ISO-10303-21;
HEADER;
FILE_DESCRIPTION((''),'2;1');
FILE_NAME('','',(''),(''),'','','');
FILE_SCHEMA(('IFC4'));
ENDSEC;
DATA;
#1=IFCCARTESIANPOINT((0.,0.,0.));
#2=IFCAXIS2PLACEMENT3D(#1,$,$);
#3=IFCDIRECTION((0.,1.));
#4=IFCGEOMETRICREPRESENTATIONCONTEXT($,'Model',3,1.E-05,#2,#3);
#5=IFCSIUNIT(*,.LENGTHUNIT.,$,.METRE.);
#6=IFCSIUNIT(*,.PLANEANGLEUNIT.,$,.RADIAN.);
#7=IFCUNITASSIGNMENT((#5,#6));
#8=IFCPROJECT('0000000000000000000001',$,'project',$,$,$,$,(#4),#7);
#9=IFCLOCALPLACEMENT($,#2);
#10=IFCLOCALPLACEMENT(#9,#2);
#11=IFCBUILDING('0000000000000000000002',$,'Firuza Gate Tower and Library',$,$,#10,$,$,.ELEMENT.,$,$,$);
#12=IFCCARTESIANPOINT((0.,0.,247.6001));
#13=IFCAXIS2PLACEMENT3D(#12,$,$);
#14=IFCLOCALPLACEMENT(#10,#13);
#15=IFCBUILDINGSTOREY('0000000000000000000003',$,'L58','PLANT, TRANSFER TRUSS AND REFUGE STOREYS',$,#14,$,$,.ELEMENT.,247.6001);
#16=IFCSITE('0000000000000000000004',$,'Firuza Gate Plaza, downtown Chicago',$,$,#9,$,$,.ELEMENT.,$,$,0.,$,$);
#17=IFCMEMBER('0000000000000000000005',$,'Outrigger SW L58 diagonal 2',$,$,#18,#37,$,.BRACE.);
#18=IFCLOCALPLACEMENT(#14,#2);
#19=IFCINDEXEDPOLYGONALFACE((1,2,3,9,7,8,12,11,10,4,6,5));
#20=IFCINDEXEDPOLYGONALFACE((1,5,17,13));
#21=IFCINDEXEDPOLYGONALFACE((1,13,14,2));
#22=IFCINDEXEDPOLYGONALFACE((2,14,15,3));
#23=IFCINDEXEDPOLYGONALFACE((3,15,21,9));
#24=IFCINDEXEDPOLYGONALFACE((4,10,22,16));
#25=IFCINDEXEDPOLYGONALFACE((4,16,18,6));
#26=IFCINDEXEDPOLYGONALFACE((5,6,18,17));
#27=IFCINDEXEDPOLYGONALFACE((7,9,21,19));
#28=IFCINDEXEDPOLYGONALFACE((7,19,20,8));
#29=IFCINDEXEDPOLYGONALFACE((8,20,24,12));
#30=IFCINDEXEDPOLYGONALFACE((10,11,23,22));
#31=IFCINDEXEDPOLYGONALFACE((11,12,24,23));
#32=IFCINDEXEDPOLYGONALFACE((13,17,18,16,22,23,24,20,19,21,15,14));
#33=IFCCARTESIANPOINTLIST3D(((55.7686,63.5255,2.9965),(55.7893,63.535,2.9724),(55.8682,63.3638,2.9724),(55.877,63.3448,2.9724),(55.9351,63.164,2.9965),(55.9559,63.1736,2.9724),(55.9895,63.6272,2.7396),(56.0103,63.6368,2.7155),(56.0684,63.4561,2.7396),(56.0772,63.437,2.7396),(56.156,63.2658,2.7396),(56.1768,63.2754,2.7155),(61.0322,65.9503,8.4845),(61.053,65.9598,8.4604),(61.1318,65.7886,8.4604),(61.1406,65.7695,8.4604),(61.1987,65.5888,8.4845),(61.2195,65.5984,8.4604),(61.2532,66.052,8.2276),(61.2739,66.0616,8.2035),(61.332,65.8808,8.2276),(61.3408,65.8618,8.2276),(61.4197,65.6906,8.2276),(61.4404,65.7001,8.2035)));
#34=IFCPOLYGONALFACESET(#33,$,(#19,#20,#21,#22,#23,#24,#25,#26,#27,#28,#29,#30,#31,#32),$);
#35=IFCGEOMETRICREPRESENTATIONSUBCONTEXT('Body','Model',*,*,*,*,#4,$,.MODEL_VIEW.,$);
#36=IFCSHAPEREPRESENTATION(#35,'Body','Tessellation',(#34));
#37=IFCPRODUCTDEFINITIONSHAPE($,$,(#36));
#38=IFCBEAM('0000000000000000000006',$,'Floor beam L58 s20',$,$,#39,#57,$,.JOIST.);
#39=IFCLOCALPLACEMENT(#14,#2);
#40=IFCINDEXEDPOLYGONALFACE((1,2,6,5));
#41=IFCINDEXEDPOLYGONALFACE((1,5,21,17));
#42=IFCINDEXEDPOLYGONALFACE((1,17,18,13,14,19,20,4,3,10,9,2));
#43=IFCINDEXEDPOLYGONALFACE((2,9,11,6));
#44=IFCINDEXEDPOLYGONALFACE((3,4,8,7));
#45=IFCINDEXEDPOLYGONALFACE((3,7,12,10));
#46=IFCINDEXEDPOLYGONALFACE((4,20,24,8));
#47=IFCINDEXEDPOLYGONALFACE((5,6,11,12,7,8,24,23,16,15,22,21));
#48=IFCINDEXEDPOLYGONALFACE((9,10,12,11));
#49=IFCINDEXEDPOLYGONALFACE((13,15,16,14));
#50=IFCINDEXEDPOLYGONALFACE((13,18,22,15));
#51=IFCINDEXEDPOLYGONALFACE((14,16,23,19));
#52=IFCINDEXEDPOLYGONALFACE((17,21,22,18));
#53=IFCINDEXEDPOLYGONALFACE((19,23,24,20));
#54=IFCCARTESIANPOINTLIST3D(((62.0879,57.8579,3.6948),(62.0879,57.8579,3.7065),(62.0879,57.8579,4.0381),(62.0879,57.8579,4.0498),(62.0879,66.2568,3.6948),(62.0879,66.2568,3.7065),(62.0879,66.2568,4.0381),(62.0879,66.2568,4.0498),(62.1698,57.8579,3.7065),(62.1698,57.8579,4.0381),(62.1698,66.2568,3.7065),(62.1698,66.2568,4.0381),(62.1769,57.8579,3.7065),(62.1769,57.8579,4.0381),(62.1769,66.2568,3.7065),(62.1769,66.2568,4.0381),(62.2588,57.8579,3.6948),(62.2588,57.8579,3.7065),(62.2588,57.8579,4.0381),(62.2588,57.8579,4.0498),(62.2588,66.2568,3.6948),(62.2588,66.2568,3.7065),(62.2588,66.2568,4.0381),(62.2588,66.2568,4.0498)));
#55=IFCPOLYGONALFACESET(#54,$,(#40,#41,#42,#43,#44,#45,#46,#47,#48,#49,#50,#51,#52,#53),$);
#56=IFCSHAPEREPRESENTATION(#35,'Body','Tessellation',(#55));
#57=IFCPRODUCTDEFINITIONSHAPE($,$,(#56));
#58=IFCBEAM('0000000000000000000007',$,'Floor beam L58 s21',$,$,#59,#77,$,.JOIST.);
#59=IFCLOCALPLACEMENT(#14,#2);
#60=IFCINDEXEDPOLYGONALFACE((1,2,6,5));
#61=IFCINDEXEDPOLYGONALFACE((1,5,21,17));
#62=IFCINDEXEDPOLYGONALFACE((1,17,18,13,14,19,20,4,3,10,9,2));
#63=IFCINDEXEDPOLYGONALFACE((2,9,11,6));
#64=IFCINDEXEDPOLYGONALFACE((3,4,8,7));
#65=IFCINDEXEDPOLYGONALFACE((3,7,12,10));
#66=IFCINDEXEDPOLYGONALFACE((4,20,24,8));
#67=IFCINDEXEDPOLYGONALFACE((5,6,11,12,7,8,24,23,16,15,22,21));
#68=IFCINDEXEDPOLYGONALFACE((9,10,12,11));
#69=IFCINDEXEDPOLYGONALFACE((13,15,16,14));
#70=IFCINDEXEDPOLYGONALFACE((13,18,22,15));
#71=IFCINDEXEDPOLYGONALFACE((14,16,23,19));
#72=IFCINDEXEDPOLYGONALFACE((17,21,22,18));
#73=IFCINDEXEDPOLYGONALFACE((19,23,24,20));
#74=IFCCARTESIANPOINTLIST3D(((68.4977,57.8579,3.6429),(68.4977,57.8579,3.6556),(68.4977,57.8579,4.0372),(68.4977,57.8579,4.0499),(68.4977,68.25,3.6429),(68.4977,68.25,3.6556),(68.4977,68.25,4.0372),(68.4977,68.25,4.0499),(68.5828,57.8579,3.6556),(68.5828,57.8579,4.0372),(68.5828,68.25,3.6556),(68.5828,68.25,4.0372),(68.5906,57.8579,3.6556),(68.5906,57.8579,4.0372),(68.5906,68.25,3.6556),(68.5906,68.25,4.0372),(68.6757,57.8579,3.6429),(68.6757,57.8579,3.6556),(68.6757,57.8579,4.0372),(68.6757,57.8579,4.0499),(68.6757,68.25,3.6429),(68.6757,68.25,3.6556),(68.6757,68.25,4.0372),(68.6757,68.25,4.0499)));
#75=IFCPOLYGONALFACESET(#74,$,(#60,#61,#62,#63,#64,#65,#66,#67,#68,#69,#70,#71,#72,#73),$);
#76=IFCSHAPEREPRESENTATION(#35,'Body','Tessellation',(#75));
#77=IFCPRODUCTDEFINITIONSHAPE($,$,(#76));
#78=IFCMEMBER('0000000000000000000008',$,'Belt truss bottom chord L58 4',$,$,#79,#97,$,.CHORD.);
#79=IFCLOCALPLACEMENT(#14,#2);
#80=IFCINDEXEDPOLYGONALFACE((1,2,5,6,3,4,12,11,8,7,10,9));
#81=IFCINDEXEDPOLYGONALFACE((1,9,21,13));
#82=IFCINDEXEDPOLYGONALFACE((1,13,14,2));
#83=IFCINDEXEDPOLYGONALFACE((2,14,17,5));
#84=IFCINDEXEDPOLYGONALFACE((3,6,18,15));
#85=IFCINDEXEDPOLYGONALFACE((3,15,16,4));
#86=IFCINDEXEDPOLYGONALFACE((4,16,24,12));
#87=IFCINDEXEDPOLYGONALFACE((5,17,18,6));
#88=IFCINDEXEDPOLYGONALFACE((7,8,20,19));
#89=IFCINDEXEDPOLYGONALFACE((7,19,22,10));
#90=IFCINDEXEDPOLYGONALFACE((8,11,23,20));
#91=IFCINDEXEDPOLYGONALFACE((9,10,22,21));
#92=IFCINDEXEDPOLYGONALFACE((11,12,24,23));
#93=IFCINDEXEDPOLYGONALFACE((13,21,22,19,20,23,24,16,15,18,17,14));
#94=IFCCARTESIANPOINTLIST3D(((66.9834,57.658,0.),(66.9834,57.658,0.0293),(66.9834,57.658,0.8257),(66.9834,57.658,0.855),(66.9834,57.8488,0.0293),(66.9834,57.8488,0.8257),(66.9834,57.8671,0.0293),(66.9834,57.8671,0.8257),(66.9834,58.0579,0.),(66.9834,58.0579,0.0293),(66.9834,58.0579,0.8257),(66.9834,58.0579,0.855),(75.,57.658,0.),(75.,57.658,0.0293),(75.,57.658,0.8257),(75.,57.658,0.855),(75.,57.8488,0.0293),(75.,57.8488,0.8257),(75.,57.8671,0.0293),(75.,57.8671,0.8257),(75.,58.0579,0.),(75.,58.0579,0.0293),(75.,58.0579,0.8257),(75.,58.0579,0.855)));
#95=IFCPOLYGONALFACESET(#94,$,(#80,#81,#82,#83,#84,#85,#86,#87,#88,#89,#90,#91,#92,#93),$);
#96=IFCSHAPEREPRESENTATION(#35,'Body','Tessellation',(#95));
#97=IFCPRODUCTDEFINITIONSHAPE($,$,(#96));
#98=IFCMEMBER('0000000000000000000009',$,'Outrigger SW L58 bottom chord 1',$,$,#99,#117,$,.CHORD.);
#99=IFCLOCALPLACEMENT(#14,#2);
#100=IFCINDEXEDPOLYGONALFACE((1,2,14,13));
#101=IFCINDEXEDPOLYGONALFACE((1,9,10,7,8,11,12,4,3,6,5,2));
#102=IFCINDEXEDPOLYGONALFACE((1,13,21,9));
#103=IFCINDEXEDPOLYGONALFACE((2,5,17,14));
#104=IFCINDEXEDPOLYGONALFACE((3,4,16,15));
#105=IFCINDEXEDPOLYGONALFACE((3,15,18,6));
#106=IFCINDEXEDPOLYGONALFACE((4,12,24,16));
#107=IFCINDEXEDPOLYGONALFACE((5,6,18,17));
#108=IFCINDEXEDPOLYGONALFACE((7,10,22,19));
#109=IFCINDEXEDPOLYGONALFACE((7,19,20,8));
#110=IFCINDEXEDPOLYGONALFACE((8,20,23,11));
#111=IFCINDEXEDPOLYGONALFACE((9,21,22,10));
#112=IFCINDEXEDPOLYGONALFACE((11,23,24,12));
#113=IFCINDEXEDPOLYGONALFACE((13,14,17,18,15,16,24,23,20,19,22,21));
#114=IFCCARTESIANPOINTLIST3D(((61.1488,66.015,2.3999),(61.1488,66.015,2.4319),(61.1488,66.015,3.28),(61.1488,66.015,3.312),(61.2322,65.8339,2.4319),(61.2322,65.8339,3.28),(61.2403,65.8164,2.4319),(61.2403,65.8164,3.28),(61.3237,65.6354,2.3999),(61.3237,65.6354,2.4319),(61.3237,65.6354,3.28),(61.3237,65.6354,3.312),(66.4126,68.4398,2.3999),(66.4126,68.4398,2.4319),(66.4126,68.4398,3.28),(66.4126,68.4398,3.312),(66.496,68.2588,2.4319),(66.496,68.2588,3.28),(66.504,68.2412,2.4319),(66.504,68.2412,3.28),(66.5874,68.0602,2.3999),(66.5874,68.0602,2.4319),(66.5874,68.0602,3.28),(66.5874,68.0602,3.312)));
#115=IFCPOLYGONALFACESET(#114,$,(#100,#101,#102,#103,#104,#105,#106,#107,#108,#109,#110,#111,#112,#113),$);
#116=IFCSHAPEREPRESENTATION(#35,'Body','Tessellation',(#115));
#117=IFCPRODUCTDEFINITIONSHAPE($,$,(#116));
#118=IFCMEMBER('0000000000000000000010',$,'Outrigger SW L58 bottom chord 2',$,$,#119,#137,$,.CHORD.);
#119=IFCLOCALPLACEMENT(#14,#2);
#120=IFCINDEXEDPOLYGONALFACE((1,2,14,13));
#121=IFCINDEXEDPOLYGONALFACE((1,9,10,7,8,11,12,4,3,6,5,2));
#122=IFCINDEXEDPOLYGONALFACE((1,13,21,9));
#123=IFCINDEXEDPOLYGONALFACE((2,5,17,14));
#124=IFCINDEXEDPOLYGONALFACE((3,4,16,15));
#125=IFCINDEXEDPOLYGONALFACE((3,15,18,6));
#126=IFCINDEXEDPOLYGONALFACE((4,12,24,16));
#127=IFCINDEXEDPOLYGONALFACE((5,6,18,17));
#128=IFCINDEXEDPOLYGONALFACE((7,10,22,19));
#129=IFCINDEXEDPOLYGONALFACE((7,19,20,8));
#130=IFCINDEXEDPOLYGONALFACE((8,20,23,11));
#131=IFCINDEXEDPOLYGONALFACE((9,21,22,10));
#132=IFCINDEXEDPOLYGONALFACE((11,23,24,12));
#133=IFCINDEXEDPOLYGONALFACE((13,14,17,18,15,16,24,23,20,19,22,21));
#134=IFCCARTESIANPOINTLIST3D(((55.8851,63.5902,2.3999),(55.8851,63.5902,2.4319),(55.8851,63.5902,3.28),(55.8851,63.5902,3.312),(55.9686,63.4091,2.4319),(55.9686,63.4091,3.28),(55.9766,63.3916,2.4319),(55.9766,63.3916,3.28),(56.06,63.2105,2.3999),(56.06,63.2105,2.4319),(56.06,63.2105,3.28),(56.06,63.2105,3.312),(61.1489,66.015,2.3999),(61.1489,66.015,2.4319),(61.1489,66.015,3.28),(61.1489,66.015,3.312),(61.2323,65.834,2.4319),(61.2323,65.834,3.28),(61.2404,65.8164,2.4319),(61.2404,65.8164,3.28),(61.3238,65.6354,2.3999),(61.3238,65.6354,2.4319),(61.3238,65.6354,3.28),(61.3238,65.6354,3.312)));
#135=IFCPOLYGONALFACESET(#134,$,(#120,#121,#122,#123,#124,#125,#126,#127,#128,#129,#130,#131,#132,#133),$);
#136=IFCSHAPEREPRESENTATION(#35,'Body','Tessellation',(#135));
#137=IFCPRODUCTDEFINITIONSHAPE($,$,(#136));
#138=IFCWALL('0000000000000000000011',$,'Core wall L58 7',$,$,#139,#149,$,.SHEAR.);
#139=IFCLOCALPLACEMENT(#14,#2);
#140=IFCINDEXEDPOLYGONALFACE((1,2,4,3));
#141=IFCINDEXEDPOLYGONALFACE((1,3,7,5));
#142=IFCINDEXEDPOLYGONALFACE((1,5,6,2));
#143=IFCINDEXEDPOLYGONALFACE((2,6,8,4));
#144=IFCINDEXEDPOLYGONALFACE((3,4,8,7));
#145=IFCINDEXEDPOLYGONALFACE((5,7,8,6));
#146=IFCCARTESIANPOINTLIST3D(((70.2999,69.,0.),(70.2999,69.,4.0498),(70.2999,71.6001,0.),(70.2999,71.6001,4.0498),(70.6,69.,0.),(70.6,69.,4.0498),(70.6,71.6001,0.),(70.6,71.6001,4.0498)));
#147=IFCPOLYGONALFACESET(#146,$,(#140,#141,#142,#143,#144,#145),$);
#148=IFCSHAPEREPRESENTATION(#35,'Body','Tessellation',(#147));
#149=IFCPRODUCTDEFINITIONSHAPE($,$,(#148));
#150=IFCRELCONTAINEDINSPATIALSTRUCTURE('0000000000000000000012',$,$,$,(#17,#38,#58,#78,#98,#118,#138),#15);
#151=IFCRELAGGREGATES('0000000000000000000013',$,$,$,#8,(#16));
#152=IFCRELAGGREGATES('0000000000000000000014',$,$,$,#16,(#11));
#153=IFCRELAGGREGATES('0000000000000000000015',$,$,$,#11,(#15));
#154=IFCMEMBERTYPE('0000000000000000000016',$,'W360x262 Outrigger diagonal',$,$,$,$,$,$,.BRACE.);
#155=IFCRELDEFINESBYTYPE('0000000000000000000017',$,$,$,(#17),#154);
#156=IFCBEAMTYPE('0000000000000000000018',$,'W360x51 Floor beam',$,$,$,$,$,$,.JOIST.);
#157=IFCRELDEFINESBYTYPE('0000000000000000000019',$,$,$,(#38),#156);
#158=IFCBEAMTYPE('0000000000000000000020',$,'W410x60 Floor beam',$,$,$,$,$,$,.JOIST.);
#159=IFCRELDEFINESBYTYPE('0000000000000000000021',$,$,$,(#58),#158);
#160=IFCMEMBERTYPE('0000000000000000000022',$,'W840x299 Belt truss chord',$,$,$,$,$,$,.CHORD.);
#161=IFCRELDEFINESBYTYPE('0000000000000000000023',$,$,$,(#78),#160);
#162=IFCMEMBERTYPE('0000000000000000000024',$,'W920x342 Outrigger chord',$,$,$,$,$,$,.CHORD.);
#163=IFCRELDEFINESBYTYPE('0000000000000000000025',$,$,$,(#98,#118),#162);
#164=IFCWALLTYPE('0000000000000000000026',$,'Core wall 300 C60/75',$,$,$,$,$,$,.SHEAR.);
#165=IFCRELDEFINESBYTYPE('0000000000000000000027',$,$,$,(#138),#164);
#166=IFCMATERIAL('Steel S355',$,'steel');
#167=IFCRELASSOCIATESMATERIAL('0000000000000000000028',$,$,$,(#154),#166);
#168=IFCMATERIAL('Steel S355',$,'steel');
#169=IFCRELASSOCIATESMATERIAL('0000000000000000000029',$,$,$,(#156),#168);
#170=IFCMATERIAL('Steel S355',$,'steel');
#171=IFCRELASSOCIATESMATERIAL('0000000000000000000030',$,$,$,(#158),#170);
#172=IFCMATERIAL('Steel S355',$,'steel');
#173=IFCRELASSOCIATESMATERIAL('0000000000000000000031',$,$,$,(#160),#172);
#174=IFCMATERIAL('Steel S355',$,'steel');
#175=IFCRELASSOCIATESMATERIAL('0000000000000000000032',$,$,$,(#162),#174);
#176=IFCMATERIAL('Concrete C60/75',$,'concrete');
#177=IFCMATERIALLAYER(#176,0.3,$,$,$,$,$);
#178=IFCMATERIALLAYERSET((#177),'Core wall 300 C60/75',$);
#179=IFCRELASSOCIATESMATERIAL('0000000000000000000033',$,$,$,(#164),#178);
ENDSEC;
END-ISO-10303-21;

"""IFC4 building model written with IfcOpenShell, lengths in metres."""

from ifc_helpers import new_model, si_unit, direction, frame, frame_2d, origin, origin_2d, place, context, subcontext, project, spatial, rectangle, i_section, extrude, material, layer, layer_set, material_profile, profile_set, type_object, element, save


model = new_model("IFC4")

# Units and contexts
model_context = context("Model", 3, precision=1e-05, world=origin(), true_north=direction((0.0, 1.0)))
body_context = subcontext(model_context, "Body", "Model", "MODEL_VIEW")
ifc_project = project(units=[si_unit("LENGTHUNIT", "METRE"), si_unit("PLANEANGLEUNIT", "RADIAN")], contexts=[model_context])

# Site, building, storey
site_placement = place(None, origin())
site = spatial("IfcSite", under=ifc_project, at=site_placement, Name="Firuza Gate Plaza, downtown Chicago", CompositionType="ELEMENT", RefElevation=0.0)
building_placement = place(site_placement, origin())
building = spatial("IfcBuilding", under=site, at=building_placement, Name="Firuza Gate Tower and Library", CompositionType="ELEMENT")
storey_placement = place(building_placement, frame((0.0, 0.0, 247.6001)))
storey = spatial("IfcBuildingStorey", under=building, at=storey_placement, Name="L58", Description="PLANT, TRANSFER TRUSS AND REFUGE STOREYS", CompositionType="ELEMENT", Elevation=247.6001)

# Member
ifc_material_1 = material(Name="Steel S355", Category="steel")
ifc_material_profile_1 = material_profile(ifc_material_1, i_section(OverallWidth=0.3979, OverallDepth=0.387, WebThickness=0.021, FlangeThickness=0.0332, at=origin_2d()))
ifc_profile_set_1 = profile_set([ifc_material_profile_1], Name="Steel S355")
member_type_1 = type_object("IfcMemberType", Name="W360x262 Outrigger diagonal", PredefinedType="BRACE", material=ifc_profile_set_1)
for number, where, z_axis, x_axis, name in (
    (1, (61.2363, 65.8252, 8.344), (-0.659483, -0.303803, -0.687594), (0.418406, -0.90826, 0.0), "Outrigger SW L58 diagonal 2"),
):
    element("IfcMember", number, at=place(storey_placement, frame(where, z_axis=z_axis, x_axis=x_axis)), inside=storey, type_object=member_type_1, Name=name, PredefinedType="BRACE", context=body_context, shape_type="SweptSolid", body=[
        extrude(i_section(OverallWidth=0.3979, OverallDepth=0.387, WebThickness=0.021, FlangeThickness=0.0332, at=origin_2d()), origin(), (0.0, 0.0, 1.0), 7.9814),
    ])

# Beams
ifc_material_2 = material(Name="Steel S355", Category="steel")
ifc_material_profile_2 = material_profile(ifc_material_2, i_section(OverallWidth=0.1709, OverallDepth=0.355, WebThickness=0.0071, FlangeThickness=0.0117, at=origin_2d()))
ifc_profile_set_2 = profile_set([ifc_material_profile_2], Name="Steel S355")
beam_type_1 = type_object("IfcBeamType", Name="W360x51 Floor beam", PredefinedType="JOIST", material=ifc_profile_set_2)
beam_1_placement = place(storey_placement, frame((62.1733, 57.8579, 3.8723), z_axis=(0.0, 1.0, 0.0), x_axis=(-1.0, 0.0, 0.0)))
element("IfcBeam", 2, at=beam_1_placement, inside=storey, type_object=beam_type_1, Name="Floor beam L58 s20", PredefinedType="JOIST", context=body_context, shape_type="SweptSolid", body=[
    extrude(i_section(OverallWidth=0.1709, OverallDepth=0.355, WebThickness=0.0071, FlangeThickness=0.0117, at=origin_2d()), origin(), (0.0, 0.0, 1.0), 8.3989),
])
ifc_material_3 = material(Name="Steel S355", Category="steel")
ifc_material_profile_3 = material_profile(ifc_material_3, i_section(OverallWidth=0.178, OverallDepth=0.407, WebThickness=0.0078, FlangeThickness=0.0127, at=origin_2d()))
ifc_profile_set_3 = profile_set([ifc_material_profile_3], Name="Steel S355")
beam_type_2 = type_object("IfcBeamType", Name="W410x60 Floor beam", PredefinedType="JOIST", material=ifc_profile_set_3)
beam_2_placement = place(storey_placement, frame((68.5867, 57.8579, 3.8464), z_axis=(0.0, 1.0, 0.0), x_axis=(-1.0, 0.0, 0.0)))
element("IfcBeam", 3, at=beam_2_placement, inside=storey, type_object=beam_type_2, Name="Floor beam L58 s21", PredefinedType="JOIST", context=body_context, shape_type="SweptSolid", body=[
    extrude(i_section(OverallWidth=0.178, OverallDepth=0.407, WebThickness=0.0078, FlangeThickness=0.0127, at=origin_2d()), origin(), (0.0, 0.0, 1.0), 10.3921),
])

# Members
ifc_material_4 = material(Name="Steel S355", Category="steel")
ifc_material_profile_4 = material_profile(ifc_material_4, i_section(OverallWidth=0.3999, OverallDepth=0.855, WebThickness=0.0183, FlangeThickness=0.0293, at=origin_2d()))
ifc_profile_set_4 = profile_set([ifc_material_profile_4], Name="Steel S355")
member_type_2 = type_object("IfcMemberType", Name="W840x299 Belt truss chord", PredefinedType="CHORD", material=ifc_profile_set_4)
member_1_placement = place(storey_placement, frame((66.9834, 57.8579, 0.4275), z_axis=(1.0, 0.0, 0.0), x_axis=(0.0, 1.0, 0.0)))
element("IfcMember", 4, at=member_1_placement, inside=storey, type_object=member_type_2, Name="Belt truss bottom chord L58 4", PredefinedType="CHORD", context=body_context, shape_type="SweptSolid", body=[
    extrude(i_section(OverallWidth=0.3999, OverallDepth=0.855, WebThickness=0.0183, FlangeThickness=0.0293, at=origin_2d()), origin(), (0.0, 0.0, 1.0), 8.0166),
])
ifc_material_5 = material(Name="Steel S355", Category="steel")
ifc_material_profile_5 = material_profile(ifc_material_5, i_section(OverallWidth=0.418, OverallDepth=0.9121, WebThickness=0.0193, FlangeThickness=0.032, at=origin_2d()))
ifc_profile_set_5 = profile_set([ifc_material_profile_5], Name="Steel S355")
member_type_3 = type_object("IfcMemberType", Name="W920x342 Outrigger chord", PredefinedType="CHORD", material=ifc_profile_set_5)
for number, where, z_axis, x_axis, name in (
    (5, (66.5, 68.25, 2.856), (-0.90826, -0.418406, 0.0), (0.418406, -0.90826, 0.0), "Outrigger SW L58 bottom chord 1"),
    (6, (61.2363, 65.8252, 2.856), (-0.90826, -0.418406, 0.0), (0.418406, -0.90826, 0.0), "Outrigger SW L58 bottom chord 2"),
):
    element("IfcMember", number, at=place(storey_placement, frame(where, z_axis=z_axis, x_axis=x_axis)), inside=storey, type_object=member_type_3, Name=name, PredefinedType="CHORD", context=body_context, shape_type="SweptSolid", body=[
        extrude(i_section(OverallWidth=0.418, OverallDepth=0.9121, WebThickness=0.0193, FlangeThickness=0.032, at=origin_2d()), origin(), (0.0, 0.0, 1.0), 5.7954),
    ])

# Wall
ifc_material_6 = material(Name="Concrete C60/75", Category="concrete")
ifc_layer_1 = layer(ifc_material_6, 0.3)
ifc_layer_set_1 = layer_set([ifc_layer_1], Name="Core wall 300 C60/75")
wall_type_1 = type_object("IfcWallType", Name="Core wall 300 C60/75", PredefinedType="SHEAR", material=ifc_layer_set_1)
wall_1_placement = place(storey_placement, frame((70.45, 69.0, 0.0), z_axis=(0.0, 0.0, 1.0), x_axis=(0.0, 1.0, 0.0)))
element("IfcWall", 7, at=wall_1_placement, inside=storey, type_object=wall_type_1, Name="Core wall L58 7", PredefinedType="SHEAR", context=body_context, shape_type="SweptSolid", body=[
    extrude(rectangle(XDim=2.6001, YDim=0.3, at=frame_2d((1.3, 0.0))), origin(), (0.0, 0.0, 1.0), 4.0498),
])

save(model, "model.ifc")
